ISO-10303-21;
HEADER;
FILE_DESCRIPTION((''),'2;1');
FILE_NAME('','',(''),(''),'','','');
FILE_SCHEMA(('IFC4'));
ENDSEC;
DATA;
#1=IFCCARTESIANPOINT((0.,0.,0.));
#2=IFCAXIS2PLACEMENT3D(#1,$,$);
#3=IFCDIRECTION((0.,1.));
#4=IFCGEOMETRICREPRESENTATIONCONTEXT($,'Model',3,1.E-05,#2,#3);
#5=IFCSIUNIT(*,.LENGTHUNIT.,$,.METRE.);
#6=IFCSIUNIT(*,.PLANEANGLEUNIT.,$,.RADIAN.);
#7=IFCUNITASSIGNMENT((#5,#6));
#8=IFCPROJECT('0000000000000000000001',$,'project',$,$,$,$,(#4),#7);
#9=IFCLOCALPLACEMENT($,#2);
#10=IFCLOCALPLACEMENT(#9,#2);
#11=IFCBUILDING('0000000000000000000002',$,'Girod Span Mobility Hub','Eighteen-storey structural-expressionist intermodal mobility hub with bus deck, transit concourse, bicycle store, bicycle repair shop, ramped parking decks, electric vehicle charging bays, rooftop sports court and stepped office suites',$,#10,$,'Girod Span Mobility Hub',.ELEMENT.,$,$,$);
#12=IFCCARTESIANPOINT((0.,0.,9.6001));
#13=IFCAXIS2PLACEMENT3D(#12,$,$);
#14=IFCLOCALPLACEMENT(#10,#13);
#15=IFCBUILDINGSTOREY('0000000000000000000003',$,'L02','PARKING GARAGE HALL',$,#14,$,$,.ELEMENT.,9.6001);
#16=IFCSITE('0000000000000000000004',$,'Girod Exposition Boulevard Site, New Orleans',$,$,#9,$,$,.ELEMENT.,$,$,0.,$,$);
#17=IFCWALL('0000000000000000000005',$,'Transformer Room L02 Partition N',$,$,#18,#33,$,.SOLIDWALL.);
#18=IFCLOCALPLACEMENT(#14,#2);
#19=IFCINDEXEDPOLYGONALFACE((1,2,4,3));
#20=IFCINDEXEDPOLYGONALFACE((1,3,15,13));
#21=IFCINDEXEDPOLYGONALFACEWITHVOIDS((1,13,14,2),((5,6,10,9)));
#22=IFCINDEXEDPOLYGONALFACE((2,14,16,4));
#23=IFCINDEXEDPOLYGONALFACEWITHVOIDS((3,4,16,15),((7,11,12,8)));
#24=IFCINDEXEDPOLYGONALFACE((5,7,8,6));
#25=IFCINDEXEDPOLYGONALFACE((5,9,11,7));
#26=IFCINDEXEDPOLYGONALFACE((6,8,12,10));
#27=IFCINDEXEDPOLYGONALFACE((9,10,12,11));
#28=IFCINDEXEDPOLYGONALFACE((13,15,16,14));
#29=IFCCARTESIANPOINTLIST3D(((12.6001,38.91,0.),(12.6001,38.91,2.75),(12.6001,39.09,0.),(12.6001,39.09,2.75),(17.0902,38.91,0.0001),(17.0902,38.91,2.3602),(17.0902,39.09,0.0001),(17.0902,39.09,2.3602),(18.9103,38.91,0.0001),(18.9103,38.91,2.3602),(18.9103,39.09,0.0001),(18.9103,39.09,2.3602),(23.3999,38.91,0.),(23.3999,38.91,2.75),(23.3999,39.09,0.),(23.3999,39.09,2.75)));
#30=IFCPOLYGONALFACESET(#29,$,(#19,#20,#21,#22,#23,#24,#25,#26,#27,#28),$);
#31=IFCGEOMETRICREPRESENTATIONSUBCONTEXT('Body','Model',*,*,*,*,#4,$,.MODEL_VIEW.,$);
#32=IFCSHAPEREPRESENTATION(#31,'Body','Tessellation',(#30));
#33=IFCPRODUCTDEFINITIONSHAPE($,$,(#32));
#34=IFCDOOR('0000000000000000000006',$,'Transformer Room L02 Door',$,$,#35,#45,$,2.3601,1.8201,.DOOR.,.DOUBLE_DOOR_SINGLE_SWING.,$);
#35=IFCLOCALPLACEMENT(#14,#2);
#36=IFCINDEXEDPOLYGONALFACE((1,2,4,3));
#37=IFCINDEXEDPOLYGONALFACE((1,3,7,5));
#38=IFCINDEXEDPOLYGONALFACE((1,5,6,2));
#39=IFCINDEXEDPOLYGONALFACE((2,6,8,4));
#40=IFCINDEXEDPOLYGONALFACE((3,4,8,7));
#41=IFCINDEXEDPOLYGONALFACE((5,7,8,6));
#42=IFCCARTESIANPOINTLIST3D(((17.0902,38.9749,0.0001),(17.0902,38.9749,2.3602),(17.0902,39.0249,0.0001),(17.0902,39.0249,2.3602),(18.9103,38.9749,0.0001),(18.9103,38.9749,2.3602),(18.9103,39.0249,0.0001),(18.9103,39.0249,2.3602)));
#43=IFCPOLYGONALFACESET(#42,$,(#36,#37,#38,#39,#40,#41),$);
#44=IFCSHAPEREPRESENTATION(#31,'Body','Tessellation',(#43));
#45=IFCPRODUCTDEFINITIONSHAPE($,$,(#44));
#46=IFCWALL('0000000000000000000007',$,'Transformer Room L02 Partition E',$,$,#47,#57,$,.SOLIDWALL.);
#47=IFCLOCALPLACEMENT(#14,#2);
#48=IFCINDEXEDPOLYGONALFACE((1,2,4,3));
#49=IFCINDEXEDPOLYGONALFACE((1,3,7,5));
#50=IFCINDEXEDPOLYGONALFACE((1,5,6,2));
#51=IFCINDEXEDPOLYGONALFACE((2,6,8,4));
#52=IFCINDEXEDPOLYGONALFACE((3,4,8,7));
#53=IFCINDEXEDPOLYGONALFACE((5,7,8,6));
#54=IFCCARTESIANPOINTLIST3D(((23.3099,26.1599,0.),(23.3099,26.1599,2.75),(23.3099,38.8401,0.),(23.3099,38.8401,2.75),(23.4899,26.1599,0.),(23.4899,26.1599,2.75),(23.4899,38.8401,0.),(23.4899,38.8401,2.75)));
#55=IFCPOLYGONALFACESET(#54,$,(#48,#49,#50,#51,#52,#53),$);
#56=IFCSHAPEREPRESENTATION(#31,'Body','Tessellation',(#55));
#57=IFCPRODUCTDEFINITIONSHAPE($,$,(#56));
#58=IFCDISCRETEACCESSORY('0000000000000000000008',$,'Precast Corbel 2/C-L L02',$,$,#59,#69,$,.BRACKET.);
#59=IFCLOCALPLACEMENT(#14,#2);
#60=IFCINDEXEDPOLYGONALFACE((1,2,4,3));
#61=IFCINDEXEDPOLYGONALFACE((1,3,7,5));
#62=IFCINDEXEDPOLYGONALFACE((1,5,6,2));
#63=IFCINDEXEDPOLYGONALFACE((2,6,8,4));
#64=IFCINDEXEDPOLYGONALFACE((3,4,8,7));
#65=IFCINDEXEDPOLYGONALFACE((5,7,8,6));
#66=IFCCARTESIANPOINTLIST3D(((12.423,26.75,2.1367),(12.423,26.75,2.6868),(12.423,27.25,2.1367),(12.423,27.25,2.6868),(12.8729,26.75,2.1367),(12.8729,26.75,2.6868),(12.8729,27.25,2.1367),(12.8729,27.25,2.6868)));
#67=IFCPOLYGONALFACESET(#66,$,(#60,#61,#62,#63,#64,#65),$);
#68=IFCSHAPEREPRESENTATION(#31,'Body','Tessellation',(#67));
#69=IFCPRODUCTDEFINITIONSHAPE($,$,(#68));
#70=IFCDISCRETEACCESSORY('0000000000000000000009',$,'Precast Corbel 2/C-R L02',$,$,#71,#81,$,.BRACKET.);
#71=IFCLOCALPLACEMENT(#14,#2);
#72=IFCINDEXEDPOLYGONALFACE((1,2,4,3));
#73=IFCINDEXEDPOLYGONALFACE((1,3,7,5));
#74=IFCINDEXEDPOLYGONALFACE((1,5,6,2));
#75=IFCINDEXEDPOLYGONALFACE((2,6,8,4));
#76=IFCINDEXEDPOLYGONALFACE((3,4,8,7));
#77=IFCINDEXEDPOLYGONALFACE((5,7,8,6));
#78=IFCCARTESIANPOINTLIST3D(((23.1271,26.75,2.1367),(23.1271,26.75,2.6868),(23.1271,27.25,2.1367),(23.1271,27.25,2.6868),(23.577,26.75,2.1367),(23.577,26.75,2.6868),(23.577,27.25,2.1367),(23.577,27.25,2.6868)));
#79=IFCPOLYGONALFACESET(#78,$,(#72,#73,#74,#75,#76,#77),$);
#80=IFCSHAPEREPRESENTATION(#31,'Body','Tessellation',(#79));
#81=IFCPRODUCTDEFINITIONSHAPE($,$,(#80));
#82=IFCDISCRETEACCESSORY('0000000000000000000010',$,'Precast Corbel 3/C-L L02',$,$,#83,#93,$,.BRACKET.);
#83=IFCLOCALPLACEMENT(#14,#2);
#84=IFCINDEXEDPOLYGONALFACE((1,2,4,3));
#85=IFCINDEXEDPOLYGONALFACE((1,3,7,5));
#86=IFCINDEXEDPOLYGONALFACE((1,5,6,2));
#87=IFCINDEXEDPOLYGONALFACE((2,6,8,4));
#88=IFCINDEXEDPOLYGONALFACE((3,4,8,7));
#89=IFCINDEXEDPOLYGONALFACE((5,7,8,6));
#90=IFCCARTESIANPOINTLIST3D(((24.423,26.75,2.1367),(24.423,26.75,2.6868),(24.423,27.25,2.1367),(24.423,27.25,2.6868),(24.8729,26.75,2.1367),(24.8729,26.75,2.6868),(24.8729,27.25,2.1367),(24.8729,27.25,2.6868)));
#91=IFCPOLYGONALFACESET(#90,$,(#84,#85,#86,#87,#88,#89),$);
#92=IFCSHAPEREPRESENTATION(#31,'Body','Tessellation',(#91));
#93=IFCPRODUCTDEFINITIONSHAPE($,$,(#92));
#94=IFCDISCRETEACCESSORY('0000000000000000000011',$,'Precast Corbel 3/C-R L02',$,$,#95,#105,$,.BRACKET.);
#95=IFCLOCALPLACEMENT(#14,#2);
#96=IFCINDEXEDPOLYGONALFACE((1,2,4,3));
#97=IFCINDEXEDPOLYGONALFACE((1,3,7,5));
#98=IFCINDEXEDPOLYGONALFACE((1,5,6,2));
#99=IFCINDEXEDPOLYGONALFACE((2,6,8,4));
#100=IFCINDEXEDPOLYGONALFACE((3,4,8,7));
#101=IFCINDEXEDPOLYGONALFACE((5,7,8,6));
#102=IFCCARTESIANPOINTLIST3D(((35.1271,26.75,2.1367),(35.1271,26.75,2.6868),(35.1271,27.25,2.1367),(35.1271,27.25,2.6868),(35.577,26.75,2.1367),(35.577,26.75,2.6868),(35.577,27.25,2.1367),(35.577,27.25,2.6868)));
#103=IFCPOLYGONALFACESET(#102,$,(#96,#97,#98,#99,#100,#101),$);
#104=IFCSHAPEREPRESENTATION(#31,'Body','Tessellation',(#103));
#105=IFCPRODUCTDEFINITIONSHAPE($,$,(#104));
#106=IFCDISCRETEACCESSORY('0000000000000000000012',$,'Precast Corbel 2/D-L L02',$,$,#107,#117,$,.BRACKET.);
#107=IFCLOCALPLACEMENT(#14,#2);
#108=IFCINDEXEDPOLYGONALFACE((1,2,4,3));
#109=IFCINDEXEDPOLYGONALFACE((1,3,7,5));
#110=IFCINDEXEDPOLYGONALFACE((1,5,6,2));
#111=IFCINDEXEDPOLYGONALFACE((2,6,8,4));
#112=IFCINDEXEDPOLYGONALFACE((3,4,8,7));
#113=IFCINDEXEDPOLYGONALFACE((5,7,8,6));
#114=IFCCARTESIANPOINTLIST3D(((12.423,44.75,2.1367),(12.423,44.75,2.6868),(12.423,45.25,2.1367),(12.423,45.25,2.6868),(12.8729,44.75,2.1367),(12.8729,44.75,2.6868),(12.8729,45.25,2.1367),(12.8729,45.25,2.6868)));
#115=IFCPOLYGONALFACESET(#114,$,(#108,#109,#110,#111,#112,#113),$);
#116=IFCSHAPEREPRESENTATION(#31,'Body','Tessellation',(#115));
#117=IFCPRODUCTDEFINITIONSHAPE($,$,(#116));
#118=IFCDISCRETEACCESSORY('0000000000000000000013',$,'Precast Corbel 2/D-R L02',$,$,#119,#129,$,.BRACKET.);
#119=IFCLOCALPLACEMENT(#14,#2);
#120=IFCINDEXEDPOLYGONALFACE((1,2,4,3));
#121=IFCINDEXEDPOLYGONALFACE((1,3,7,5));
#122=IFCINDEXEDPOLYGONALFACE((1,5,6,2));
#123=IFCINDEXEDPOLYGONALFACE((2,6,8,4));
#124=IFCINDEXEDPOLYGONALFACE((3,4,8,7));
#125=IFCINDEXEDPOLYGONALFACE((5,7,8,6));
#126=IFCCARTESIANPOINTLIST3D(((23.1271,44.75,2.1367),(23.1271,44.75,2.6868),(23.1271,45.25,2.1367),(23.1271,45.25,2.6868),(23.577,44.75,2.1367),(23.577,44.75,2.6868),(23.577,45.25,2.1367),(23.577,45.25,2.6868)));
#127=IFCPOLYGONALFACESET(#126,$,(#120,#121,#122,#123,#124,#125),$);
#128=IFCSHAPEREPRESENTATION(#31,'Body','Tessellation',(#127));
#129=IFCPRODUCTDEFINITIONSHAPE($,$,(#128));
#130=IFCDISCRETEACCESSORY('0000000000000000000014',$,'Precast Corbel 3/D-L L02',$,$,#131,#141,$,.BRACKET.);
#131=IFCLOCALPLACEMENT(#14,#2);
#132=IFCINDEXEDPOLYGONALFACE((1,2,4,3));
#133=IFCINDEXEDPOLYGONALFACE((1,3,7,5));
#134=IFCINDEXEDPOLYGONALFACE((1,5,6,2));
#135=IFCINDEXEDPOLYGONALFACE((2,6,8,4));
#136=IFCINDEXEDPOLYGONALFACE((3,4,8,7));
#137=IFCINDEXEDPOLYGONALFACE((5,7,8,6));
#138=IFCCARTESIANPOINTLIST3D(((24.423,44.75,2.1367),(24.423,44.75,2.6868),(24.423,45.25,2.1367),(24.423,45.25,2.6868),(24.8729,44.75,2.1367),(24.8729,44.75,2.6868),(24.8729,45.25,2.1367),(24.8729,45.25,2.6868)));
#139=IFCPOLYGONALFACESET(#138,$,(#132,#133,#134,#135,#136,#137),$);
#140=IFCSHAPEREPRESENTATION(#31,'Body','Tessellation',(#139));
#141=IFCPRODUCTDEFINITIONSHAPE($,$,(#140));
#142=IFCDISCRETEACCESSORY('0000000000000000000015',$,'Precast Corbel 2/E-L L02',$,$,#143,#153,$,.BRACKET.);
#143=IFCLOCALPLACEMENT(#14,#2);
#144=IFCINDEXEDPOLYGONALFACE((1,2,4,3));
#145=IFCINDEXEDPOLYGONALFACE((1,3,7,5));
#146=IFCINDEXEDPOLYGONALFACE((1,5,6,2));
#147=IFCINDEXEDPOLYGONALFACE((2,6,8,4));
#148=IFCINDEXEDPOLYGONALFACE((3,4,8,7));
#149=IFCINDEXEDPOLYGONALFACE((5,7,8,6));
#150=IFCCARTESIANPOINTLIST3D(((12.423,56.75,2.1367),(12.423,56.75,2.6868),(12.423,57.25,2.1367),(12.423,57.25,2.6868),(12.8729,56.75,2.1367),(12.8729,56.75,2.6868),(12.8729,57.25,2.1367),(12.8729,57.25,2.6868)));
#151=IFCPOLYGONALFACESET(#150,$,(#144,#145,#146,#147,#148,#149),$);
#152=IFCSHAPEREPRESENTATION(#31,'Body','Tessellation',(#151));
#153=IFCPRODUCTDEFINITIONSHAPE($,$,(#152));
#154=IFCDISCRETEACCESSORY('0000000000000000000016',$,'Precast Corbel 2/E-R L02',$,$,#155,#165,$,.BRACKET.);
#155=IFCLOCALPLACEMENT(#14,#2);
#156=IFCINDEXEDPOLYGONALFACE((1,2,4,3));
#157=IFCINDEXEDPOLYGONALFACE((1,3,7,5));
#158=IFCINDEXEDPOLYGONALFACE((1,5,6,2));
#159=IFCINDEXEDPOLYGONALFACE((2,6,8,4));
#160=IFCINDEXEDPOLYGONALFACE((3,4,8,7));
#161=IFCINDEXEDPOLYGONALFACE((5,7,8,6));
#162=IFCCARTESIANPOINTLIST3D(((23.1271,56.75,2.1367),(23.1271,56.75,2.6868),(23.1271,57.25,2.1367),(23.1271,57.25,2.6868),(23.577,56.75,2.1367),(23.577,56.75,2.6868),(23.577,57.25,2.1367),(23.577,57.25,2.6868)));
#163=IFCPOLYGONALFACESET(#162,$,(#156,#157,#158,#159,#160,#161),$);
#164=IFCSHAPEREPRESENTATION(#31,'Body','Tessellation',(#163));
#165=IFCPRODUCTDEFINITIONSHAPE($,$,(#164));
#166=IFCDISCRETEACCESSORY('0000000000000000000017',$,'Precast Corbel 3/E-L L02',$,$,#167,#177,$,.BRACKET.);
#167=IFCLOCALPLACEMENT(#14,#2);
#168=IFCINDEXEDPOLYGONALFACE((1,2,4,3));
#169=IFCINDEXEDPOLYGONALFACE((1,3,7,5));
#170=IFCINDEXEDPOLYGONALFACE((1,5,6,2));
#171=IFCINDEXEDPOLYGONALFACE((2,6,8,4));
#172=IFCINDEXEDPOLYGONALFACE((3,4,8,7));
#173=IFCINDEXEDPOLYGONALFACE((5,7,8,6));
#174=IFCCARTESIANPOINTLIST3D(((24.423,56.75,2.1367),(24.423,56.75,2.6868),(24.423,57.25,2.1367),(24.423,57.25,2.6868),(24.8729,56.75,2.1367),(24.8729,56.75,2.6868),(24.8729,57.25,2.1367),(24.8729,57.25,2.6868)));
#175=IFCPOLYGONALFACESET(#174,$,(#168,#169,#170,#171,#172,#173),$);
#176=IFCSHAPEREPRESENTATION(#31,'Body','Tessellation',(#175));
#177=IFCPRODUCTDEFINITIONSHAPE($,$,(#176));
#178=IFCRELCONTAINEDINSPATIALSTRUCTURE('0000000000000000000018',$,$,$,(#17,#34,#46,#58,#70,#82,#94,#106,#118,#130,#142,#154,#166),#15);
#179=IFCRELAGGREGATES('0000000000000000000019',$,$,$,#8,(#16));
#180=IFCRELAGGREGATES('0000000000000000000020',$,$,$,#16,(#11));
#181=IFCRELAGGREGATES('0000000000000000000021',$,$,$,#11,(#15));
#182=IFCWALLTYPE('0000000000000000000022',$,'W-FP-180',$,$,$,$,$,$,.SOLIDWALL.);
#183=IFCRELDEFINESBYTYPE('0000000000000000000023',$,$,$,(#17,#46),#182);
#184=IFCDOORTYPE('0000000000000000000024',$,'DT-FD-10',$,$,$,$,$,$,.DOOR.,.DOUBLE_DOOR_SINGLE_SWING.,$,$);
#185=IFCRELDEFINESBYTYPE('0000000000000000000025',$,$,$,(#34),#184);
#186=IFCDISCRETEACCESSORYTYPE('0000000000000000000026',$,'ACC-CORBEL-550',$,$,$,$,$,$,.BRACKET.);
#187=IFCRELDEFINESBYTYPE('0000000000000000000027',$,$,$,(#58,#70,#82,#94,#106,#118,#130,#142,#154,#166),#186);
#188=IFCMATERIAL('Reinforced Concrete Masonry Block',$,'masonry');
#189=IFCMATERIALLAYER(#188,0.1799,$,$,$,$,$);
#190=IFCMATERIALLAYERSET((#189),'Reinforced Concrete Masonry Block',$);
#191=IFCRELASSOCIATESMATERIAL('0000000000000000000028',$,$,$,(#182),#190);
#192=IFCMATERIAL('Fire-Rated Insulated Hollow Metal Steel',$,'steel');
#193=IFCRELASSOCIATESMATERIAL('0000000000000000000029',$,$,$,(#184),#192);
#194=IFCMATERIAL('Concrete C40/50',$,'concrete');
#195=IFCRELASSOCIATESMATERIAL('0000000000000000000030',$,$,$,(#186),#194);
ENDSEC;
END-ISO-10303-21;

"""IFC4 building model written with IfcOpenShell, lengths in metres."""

from ifc_helpers import new_model, si_unit, direction, frame, frame_2d, origin, origin_2d, place, context, subcontext, project, spatial, rectangle, extrude, material, layer, layer_set, type_object, element, fill, save


model = new_model("IFC4")

# Units and contexts
model_context = context("Model", 3, precision=1e-05, world=origin(), true_north=direction((0.0, 1.0)))
body_context = subcontext(model_context, "Body", "Model", "MODEL_VIEW")
ifc_project = project(units=[si_unit("LENGTHUNIT", "METRE"), si_unit("PLANEANGLEUNIT", "RADIAN")], contexts=[model_context])

# Site, building, storey
site_placement = place(None, origin())
site = spatial("IfcSite", under=ifc_project, at=site_placement, Name="Girod Exposition Boulevard Site, New Orleans", CompositionType="ELEMENT", RefElevation=0.0)
building_placement = place(site_placement, origin())
building = spatial("IfcBuilding", under=site, at=building_placement, Name="Girod Span Mobility Hub", Description="Eighteen-storey structural-expressionist intermodal mobility hub with bus deck, transit concourse, bicycle store, bicycle repair shop, ramped parking decks, electric vehicle charging bays, rooftop sports court and stepped office suites", LongName="Girod Span Mobility Hub", CompositionType="ELEMENT")
storey_placement = place(building_placement, frame((0.0, 0.0, 9.6001)))
storey = spatial("IfcBuildingStorey", under=building, at=storey_placement, Name="L02", Description="PARKING GARAGE HALL", CompositionType="ELEMENT", Elevation=9.6001)

# Wall, opening, door
ifc_material_1 = material(Name="Reinforced Concrete Masonry Block", Category="masonry")
ifc_layer = layer(ifc_material_1, 0.1799)
ifc_layer_set = layer_set([ifc_layer], Name="Reinforced Concrete Masonry Block")
wall_type = type_object("IfcWallType", Name="W-FP-180", PredefinedType="SOLIDWALL", material=ifc_layer_set)
wall_1_placement = place(storey_placement, frame((12.6001, 39.0, 0.0), z_axis=(0.0, 0.0, 1.0), x_axis=(1.0, 0.0, 0.0)))
wall_1 = element("IfcWall", 1, at=wall_1_placement, inside=storey, type_object=wall_type, Name="Transformer Room L02 Partition N", PredefinedType="SOLIDWALL", context=body_context, shape_type="SweptSolid", body=[
    extrude(rectangle(XDim=10.7998, YDim=0.1799, at=frame_2d((5.3999, 0.0))), origin(), (0.0, 0.0, 1.0), 2.75),
])
opening_placement = place(wall_1_placement, frame((4.49, 0.0, 0.0)))
opening = element("IfcOpeningElement", 2, at=opening_placement, cuts=wall_1, PredefinedType="OPENING", context=body_context, shape_type="SweptSolid", body=[
    extrude(rectangle(XDim=1.8201, YDim=2.3601, at=frame_2d((0.9102, 1.1802))), frame((0.0, 0.105, 0.0), z_axis=(0.0, -1.0, 0.0), x_axis=(1.0, 0.0, 0.0)), (0.0, 0.0, 1.0), 0.21),
])
ifc_material_2 = material(Name="Fire-Rated Insulated Hollow Metal Steel", Category="steel")
door_type = type_object("IfcDoorType", Name="DT-FD-10", OperationType="DOUBLE_DOOR_SINGLE_SWING", PredefinedType="DOOR", material=ifc_material_2)
door_placement = place(opening_placement, origin())
door = element("IfcDoor", 3, at=door_placement, inside=storey, type_object=door_type, Name="Transformer Room L02 Door", OperationType="DOUBLE_DOOR_SINGLE_SWING", OverallHeight=2.3601, OverallWidth=1.8201, PredefinedType="DOOR", context=body_context, shape_type="SweptSolid", body=[
    extrude(rectangle(XDim=1.8201, YDim=2.3601, at=frame_2d((0.9102, 1.1802))), frame((0.0, 0.0249, 0.0), z_axis=(0.0, -1.0, 0.0), x_axis=(1.0, 0.0, 0.0)), (0.0, 0.0, 1.0), 0.05),
])
fill(opening, door)

# Wall
wall_2_placement = place(storey_placement, frame((23.3999, 26.1599, 0.0), z_axis=(0.0, 0.0, 1.0), x_axis=(0.0, 1.0, 0.0)))
element("IfcWall", 4, at=wall_2_placement, inside=storey, type_object=wall_type, Name="Transformer Room L02 Partition E", PredefinedType="SOLIDWALL", context=body_context, shape_type="SweptSolid", body=[
    extrude(rectangle(XDim=12.6802, YDim=0.1799, at=frame_2d((6.3401, 0.0))), origin(), (0.0, 0.0, 1.0), 2.75),
])

# Discrete accessories
ifc_material_3 = material(Name="Concrete C40/50", Category="concrete")
discrete_accessory_type = type_object("IfcDiscreteAccessoryType", Name="ACC-CORBEL-550", PredefinedType="BRACKET", material=ifc_material_3)
for number, where, z_axis, x_axis, name in (
    (5, (12.6479, 27.0, 2.1367), (0.0, 0.0, 1.0), (1.0, 0.0, 0.0), "Precast Corbel 2/C-L L02"),
    (6, (23.3521, 27.0, 2.1367), (0.0, 0.0, 1.0), (1.0, 0.0, 0.0), "Precast Corbel 2/C-R L02"),
    (7, (24.6479, 27.0, 2.1367), (0.0, 0.0, 1.0), (1.0, 0.0, 0.0), "Precast Corbel 3/C-L L02"),
    (8, (35.3521, 27.0, 2.1367), (0.0, 0.0, 1.0), (1.0, 0.0, 0.0), "Precast Corbel 3/C-R L02"),
    (9, (12.6479, 45.0, 2.1367), (0.0, 0.0, 1.0), (1.0, 0.0, 0.0), "Precast Corbel 2/D-L L02"),
    (10, (23.3521, 45.0, 2.1367), (0.0, 0.0, 1.0), (1.0, 0.0, 0.0), "Precast Corbel 2/D-R L02"),
    (11, (24.6479, 45.0, 2.1367), (0.0, 0.0, 1.0), (1.0, 0.0, 0.0), "Precast Corbel 3/D-L L02"),
    (12, (12.6479, 57.0, 2.1367), (0.0, 0.0, 1.0), (1.0, 0.0, 0.0), "Precast Corbel 2/E-L L02"),
    (13, (23.3521, 57.0, 2.1367), (0.0, 0.0, 1.0), (1.0, 0.0, 0.0), "Precast Corbel 2/E-R L02"),
    (14, (24.6479, 57.0, 2.1367), (0.0, 0.0, 1.0), (1.0, 0.0, 0.0), "Precast Corbel 3/E-L L02"),
):
    element("IfcDiscreteAccessory", number, at=place(storey_placement, frame(where, z_axis=z_axis, x_axis=x_axis)), inside=storey, type_object=discrete_accessory_type, Name=name, PredefinedType="BRACKET", context=body_context, shape_type="SweptSolid", body=[
        extrude(rectangle(XDim=0.45, YDim=0.5, at=origin_2d()), origin(), (0.0, 0.0, 1.0), 0.55),
    ])

save(model, "model.ifc")
